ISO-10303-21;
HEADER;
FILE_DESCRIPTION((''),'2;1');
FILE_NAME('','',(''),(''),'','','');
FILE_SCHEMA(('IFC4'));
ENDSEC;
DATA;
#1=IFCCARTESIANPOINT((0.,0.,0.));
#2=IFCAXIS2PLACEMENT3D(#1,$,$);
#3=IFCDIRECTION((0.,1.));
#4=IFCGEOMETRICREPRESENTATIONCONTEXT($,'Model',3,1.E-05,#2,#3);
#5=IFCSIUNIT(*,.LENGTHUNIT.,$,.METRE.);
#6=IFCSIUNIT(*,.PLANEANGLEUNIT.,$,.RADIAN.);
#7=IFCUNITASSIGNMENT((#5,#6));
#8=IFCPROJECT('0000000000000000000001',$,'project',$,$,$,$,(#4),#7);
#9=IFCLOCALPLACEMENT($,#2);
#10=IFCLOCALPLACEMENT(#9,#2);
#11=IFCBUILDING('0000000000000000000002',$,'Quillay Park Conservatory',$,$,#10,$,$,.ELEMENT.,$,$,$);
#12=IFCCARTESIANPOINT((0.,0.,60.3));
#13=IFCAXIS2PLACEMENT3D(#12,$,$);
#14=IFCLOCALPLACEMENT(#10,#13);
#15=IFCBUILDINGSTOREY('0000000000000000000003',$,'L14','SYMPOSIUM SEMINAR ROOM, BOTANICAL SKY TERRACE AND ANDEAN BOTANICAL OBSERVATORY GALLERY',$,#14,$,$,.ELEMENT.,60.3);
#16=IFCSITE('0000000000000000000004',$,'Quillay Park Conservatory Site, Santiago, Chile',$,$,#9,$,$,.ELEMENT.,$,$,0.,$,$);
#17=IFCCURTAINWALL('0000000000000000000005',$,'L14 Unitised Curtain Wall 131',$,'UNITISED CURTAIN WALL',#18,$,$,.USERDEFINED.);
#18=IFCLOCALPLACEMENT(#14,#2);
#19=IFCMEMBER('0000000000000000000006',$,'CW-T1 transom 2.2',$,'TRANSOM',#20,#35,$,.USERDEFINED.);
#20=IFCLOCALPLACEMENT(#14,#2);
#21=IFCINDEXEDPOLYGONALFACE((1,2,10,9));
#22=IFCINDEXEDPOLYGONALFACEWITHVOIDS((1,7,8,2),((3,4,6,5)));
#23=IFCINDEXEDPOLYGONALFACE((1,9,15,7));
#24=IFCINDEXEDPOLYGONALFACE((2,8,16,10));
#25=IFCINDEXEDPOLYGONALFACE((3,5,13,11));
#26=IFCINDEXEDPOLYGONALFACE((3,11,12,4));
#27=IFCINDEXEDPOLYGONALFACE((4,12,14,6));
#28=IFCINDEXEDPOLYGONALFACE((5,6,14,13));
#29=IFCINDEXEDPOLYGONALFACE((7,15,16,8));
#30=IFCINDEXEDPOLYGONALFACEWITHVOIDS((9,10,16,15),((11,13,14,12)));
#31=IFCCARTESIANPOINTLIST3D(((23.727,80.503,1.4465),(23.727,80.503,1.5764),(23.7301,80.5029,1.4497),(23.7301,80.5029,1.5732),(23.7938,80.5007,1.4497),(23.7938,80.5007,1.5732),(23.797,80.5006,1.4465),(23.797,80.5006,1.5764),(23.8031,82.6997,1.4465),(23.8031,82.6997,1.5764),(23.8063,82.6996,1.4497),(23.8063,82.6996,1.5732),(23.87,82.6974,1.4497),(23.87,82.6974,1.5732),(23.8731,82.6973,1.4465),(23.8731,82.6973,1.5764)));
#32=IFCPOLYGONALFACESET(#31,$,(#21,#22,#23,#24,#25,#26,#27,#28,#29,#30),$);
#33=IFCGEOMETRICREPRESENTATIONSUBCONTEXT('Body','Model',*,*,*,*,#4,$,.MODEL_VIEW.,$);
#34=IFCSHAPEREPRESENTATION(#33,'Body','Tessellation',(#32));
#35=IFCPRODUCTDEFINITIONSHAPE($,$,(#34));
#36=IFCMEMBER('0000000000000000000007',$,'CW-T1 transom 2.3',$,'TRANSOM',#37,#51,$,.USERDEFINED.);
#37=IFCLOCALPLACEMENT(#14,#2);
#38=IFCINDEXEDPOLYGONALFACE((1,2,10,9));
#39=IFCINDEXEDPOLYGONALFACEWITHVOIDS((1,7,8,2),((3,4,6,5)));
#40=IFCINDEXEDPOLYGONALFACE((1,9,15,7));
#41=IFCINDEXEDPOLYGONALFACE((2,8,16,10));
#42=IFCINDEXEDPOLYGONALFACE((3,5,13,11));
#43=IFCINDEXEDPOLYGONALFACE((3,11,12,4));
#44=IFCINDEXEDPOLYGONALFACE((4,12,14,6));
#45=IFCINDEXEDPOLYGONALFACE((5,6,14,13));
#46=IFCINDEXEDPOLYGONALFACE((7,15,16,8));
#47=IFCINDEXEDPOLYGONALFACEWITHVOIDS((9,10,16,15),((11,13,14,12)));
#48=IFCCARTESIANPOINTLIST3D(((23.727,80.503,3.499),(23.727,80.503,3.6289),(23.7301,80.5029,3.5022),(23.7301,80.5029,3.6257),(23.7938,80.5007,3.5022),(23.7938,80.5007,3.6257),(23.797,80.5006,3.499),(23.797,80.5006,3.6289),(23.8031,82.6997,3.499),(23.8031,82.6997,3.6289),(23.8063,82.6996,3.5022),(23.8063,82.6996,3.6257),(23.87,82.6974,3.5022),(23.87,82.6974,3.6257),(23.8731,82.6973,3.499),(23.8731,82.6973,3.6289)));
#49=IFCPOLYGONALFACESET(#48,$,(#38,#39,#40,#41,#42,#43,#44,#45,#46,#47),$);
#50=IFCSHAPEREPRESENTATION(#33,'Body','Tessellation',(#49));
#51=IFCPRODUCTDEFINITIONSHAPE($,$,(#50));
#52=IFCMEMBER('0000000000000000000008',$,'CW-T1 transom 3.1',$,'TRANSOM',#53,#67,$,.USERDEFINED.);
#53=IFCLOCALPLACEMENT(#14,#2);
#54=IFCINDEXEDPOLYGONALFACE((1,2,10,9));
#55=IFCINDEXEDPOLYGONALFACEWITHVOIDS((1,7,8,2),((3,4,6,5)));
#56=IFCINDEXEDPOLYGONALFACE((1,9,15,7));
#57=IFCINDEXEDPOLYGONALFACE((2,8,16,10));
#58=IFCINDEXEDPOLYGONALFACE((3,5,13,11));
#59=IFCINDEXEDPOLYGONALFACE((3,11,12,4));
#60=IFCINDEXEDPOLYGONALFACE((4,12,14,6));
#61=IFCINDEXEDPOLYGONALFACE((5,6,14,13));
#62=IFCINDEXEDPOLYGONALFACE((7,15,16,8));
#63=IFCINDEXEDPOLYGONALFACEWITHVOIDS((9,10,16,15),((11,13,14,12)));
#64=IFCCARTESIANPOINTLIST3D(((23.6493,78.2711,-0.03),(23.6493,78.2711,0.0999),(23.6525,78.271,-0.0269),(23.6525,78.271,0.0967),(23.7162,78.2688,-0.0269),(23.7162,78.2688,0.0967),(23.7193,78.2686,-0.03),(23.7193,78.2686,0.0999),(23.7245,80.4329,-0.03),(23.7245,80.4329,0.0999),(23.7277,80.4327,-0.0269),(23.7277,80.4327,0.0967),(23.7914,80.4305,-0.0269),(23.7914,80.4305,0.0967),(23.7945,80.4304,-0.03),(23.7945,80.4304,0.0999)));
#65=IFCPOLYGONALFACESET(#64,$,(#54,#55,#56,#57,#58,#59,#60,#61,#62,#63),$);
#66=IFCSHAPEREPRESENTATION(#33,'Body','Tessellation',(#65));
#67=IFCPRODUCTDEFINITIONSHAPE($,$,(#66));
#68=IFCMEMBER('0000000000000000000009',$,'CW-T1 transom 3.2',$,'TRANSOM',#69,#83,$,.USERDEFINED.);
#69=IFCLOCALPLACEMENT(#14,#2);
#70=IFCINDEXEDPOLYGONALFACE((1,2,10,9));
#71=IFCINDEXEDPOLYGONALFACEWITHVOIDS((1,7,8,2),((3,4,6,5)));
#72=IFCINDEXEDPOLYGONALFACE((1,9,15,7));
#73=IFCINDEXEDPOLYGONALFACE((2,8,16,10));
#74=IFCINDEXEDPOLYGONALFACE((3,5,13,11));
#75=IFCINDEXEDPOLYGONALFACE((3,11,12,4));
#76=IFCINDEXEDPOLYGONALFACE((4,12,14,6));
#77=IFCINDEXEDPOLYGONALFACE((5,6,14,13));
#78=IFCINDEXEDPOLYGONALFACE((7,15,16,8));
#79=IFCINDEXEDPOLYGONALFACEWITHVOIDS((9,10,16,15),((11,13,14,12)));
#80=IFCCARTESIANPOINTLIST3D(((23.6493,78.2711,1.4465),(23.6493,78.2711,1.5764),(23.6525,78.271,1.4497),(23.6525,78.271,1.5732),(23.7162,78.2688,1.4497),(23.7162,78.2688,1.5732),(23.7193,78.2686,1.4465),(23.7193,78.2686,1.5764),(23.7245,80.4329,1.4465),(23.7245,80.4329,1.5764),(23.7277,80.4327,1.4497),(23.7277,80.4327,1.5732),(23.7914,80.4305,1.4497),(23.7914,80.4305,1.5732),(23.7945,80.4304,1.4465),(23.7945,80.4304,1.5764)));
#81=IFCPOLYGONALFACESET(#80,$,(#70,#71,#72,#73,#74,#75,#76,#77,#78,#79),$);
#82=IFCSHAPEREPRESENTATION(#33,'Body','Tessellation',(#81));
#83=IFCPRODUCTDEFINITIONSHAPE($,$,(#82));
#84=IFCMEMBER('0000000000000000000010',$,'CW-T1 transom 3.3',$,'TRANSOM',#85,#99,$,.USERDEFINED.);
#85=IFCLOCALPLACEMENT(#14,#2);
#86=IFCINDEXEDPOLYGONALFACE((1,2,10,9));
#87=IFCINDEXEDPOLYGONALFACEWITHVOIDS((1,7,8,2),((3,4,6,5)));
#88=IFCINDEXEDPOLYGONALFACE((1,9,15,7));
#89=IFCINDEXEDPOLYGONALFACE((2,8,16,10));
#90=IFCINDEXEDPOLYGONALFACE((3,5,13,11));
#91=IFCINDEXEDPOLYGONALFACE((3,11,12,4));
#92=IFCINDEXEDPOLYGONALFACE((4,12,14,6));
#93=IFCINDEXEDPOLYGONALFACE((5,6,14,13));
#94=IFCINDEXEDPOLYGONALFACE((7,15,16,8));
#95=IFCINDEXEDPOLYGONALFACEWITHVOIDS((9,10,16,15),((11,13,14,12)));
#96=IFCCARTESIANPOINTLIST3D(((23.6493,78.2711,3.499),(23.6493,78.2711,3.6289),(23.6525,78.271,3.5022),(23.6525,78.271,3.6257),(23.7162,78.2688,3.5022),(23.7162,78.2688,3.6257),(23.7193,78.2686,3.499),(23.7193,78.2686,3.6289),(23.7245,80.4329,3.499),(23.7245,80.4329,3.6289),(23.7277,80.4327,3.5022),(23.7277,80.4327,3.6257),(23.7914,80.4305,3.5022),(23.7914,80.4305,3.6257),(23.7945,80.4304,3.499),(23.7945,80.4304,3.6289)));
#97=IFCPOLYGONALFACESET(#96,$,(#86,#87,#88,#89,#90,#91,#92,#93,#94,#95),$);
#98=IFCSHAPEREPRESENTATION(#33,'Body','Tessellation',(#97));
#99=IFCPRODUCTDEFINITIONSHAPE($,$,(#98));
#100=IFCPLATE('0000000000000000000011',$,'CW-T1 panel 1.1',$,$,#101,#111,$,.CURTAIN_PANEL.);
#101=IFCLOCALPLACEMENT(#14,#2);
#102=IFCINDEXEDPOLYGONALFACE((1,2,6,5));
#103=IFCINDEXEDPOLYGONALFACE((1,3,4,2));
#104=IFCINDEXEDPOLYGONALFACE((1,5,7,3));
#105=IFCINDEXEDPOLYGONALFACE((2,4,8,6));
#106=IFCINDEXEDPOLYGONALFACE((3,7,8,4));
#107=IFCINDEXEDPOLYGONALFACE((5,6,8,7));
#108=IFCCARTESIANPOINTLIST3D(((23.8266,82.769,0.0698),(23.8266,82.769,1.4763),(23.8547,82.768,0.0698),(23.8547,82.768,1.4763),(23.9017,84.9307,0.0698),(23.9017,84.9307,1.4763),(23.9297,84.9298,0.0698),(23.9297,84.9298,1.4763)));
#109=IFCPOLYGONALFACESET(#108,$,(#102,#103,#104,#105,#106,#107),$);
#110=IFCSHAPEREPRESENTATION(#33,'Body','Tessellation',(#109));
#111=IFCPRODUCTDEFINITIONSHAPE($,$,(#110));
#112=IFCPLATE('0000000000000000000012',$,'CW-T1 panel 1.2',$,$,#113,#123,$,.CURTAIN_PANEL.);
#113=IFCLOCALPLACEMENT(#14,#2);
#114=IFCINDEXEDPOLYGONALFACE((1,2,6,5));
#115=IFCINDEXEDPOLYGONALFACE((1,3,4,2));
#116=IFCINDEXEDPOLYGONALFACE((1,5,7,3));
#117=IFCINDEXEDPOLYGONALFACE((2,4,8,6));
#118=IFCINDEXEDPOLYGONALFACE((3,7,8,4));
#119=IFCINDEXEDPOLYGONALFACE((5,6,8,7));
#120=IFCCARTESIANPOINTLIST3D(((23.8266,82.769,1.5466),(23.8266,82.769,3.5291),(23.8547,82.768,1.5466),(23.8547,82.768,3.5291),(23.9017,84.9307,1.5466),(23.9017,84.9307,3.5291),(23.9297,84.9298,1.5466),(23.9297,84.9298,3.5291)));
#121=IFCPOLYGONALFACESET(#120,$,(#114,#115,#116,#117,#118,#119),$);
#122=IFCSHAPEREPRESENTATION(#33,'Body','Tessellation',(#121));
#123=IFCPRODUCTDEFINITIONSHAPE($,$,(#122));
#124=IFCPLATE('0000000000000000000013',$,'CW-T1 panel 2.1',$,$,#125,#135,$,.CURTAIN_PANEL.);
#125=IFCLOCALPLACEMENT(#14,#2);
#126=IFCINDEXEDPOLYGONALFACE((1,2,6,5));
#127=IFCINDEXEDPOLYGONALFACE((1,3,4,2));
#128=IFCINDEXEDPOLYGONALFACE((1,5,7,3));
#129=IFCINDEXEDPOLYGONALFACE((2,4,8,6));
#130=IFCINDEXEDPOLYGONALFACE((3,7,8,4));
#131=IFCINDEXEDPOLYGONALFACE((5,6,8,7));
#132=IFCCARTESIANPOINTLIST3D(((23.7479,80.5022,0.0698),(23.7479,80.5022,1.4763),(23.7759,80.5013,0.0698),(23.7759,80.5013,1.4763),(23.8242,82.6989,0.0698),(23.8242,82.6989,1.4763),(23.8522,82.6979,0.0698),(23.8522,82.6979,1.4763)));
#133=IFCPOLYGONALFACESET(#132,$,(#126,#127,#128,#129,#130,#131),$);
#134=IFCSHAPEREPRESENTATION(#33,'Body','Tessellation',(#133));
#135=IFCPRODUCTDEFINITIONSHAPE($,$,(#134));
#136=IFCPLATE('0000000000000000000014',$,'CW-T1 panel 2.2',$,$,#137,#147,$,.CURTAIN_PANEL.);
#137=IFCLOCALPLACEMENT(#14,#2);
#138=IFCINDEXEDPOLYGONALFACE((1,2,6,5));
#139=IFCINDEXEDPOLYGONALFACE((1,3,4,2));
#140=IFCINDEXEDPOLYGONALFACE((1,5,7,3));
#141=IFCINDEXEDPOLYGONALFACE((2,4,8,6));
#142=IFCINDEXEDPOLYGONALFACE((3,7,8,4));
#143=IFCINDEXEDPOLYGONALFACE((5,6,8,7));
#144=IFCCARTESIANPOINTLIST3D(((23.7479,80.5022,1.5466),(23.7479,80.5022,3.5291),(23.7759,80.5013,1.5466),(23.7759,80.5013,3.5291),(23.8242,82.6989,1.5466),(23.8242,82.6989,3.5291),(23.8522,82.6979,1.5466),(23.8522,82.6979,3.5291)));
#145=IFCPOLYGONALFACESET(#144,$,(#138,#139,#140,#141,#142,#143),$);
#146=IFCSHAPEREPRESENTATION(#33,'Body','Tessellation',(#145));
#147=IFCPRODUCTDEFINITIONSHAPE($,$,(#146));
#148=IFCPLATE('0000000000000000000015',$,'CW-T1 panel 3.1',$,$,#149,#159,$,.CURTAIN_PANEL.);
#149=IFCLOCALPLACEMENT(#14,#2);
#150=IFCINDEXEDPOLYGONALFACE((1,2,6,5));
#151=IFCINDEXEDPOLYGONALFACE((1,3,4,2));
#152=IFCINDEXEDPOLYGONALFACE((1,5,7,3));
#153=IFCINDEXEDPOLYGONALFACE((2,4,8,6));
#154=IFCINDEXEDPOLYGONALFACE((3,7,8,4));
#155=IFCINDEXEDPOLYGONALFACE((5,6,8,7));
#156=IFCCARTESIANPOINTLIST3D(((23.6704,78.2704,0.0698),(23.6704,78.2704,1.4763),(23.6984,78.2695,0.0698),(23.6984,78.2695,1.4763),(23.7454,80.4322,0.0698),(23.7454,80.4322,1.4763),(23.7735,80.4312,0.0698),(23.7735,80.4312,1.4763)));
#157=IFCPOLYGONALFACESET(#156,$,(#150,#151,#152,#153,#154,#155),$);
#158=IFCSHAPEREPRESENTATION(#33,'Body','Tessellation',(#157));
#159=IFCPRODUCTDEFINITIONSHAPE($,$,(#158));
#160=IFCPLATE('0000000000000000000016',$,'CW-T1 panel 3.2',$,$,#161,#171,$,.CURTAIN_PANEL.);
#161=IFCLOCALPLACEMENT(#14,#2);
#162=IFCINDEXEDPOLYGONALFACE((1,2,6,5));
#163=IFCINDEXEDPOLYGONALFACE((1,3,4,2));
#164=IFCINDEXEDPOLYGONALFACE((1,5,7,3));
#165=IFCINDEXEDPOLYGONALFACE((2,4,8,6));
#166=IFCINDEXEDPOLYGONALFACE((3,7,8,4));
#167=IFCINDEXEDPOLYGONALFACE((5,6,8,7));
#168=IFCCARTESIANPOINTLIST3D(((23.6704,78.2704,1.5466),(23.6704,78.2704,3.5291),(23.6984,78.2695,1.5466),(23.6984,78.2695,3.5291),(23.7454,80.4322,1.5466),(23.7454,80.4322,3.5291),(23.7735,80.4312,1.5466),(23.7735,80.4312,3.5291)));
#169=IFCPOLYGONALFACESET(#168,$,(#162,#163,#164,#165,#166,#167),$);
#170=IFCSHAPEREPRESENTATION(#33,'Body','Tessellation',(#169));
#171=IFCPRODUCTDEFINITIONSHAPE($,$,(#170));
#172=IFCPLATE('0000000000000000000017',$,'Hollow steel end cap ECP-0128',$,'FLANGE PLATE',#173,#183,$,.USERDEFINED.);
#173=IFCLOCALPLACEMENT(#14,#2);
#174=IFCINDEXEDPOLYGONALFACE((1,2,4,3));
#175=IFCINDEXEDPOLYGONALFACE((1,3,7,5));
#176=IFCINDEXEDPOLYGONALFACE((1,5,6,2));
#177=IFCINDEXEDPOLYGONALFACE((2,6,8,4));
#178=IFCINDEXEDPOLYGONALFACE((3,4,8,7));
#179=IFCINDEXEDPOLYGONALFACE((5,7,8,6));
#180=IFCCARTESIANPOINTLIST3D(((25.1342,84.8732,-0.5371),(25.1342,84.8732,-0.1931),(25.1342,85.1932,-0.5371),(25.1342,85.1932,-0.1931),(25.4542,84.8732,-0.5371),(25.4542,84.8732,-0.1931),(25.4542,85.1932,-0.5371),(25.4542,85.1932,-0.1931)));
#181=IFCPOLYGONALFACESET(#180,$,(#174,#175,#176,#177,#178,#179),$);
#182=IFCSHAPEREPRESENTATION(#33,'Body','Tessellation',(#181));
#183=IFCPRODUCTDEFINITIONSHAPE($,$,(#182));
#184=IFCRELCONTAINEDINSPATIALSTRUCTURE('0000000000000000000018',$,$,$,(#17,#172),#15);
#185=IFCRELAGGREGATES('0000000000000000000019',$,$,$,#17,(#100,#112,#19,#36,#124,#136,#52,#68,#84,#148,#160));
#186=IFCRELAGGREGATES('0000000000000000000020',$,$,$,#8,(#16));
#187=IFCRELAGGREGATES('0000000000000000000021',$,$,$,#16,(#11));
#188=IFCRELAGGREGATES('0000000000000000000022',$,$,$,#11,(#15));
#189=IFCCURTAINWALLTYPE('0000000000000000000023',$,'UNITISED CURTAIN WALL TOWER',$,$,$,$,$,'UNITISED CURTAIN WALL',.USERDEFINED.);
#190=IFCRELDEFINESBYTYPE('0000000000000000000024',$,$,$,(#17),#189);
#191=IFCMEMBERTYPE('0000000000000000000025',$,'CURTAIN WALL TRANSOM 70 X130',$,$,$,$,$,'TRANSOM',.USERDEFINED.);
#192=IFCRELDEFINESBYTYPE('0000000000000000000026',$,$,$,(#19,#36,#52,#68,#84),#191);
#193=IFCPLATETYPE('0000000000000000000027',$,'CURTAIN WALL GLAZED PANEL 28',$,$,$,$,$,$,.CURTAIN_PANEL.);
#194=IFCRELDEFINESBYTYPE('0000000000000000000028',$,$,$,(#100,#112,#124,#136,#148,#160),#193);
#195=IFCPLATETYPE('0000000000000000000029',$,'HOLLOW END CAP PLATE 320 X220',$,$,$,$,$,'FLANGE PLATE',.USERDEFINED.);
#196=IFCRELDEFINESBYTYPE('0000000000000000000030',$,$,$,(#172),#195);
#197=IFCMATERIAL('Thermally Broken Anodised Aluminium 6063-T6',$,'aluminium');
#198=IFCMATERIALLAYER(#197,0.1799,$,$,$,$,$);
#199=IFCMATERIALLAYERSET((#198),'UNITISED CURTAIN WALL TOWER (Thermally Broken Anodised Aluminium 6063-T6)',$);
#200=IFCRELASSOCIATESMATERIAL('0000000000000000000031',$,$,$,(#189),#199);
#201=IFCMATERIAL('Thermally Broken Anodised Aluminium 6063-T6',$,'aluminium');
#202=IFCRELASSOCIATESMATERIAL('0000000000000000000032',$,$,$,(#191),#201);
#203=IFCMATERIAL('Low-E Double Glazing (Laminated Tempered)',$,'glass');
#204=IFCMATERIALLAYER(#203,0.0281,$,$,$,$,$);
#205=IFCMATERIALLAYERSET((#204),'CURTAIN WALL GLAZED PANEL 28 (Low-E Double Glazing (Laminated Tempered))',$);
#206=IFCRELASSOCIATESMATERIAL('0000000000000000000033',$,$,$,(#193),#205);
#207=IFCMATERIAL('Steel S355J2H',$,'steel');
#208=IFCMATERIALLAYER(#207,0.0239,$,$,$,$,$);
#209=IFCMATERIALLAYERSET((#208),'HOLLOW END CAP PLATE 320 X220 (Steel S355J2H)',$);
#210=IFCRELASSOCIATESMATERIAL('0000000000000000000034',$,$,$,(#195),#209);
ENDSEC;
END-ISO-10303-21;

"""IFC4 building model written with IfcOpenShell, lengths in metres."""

from ifc_helpers import new_model, si_unit, direction, frame, origin, origin_2d, place, context, subcontext, project, spatial, rectangle, hollow_rectangle, extrude, material, layer, layer_set, material_profile, profile_set, type_object, element, aggregate, save


model = new_model("IFC4")

# Units and contexts
model_context = context("Model", 3, precision=1e-05, world=origin(), true_north=direction((0.0, 1.0)))
body_context = subcontext(model_context, "Body", "Model", "MODEL_VIEW")
ifc_project = project(units=[si_unit("LENGTHUNIT", "METRE"), si_unit("PLANEANGLEUNIT", "RADIAN")], contexts=[model_context])

# Site, building, storey
site_placement = place(None, origin())
site = spatial("IfcSite", under=ifc_project, at=site_placement, Name="Quillay Park Conservatory Site, Santiago, Chile", CompositionType="ELEMENT", RefElevation=0.0)
building_placement = place(site_placement, origin())
building = spatial("IfcBuilding", under=site, at=building_placement, Name="Quillay Park Conservatory", CompositionType="ELEMENT")
storey_placement = place(building_placement, frame((0.0, 0.0, 60.3)))
storey = spatial("IfcBuildingStorey", under=building, at=storey_placement, Name="L14", Description="SYMPOSIUM SEMINAR ROOM, BOTANICAL SKY TERRACE AND ANDEAN BOTANICAL OBSERVATORY GALLERY", CompositionType="ELEMENT", Elevation=60.3)

# Curtain wall, members, plates
ifc_material_1 = material(Name="Thermally Broken Anodised Aluminium 6063-T6", Category="aluminium")
ifc_layer_1 = layer(ifc_material_1, 0.1799)
ifc_layer_set_1 = layer_set([ifc_layer_1], Name="UNITISED CURTAIN WALL TOWER (Thermally Broken Anodised Aluminium 6063-T6)")
curtain_wall_type = type_object("IfcCurtainWallType", Name="UNITISED CURTAIN WALL TOWER", ElementType="UNITISED CURTAIN WALL", PredefinedType="USERDEFINED", material=ifc_layer_set_1)
curtain_wall_placement = place(storey_placement, origin())
curtain_wall = element("IfcCurtainWall", 1, at=curtain_wall_placement, inside=storey, type_object=curtain_wall_type, Name="L14 Unitised Curtain Wall 131", ObjectType="UNITISED CURTAIN WALL", PredefinedType="USERDEFINED")
ifc_material_2 = material(Name="Thermally Broken Anodised Aluminium 6063-T6", Category="aluminium")
ifc_material_profile_1 = material_profile(ifc_material_2, hollow_rectangle(XDim=0.0701, YDim=0.1299, WallThickness=0.0032, at=origin_2d()), Name="AL70x130x3.2")
ifc_profile_set_1 = profile_set([ifc_material_profile_1], Name="Thermally Broken Anodised Aluminium 6063-T6")
member_type_1 = type_object("IfcMemberType", Name="CURTAIN WALL TRANSOM 70 X130", ElementType="TRANSOM", PredefinedType="USERDEFINED", material=ifc_profile_set_1)
member_1_placement = place(storey_placement, frame((23.8381, 82.6985, 1.5115), z_axis=(-0.034654, -0.999399, 0.0), x_axis=(0.999399, -0.034654, 0.0)))
member_1 = element("IfcMember", 2, at=member_1_placement, type_object=member_type_1, Name="CW-T1 transom 2.2", ObjectType="TRANSOM", PredefinedType="USERDEFINED", context=body_context, shape_type="SweptSolid", body=[
    extrude(hollow_rectangle(XDim=0.0701, YDim=0.1299, WallThickness=0.0032, at=origin_2d()), origin(), (0.0, 0.0, 1.0), 2.198),
])
member_2_placement = place(storey_placement, frame((23.8381, 82.6985, 3.564), z_axis=(-0.034654, -0.999399, 0.0), x_axis=(0.999399, -0.034654, 0.0)))
member_2 = element("IfcMember", 3, at=member_2_placement, type_object=member_type_1, Name="CW-T1 transom 2.3", ObjectType="TRANSOM", PredefinedType="USERDEFINED", context=body_context, shape_type="SweptSolid", body=[
    extrude(hollow_rectangle(XDim=0.0701, YDim=0.1299, WallThickness=0.0032, at=origin_2d()), origin(), (0.0, 0.0, 1.0), 2.198),
])
member_3_placement = place(storey_placement, frame((23.7595, 80.4316, 0.0349), z_axis=(-0.034762, -0.999396, 0.0), x_axis=(0.999396, -0.034762, 0.0)))
member_3 = element("IfcMember", 4, at=member_3_placement, type_object=member_type_1, Name="CW-T1 transom 3.1", ObjectType="TRANSOM", PredefinedType="USERDEFINED", context=body_context, shape_type="SweptSolid", body=[
    extrude(hollow_rectangle(XDim=0.0701, YDim=0.1299, WallThickness=0.0032, at=origin_2d()), origin(), (0.0, 0.0, 1.0), 2.1631),
])
member_4_placement = place(storey_placement, frame((23.7595, 80.4316, 1.5115), z_axis=(-0.034762, -0.999396, 0.0), x_axis=(0.999396, -0.034762, 0.0)))
member_4 = element("IfcMember", 5, at=member_4_placement, type_object=member_type_1, Name="CW-T1 transom 3.2", ObjectType="TRANSOM", PredefinedType="USERDEFINED", context=body_context, shape_type="SweptSolid", body=[
    extrude(hollow_rectangle(XDim=0.0701, YDim=0.1299, WallThickness=0.0032, at=origin_2d()), origin(), (0.0, 0.0, 1.0), 2.1631),
])
member_5_placement = place(storey_placement, frame((23.7595, 80.4316, 3.564), z_axis=(-0.034762, -0.999396, 0.0), x_axis=(0.999396, -0.034762, 0.0)))
member_5 = element("IfcMember", 6, at=member_5_placement, type_object=member_type_1, Name="CW-T1 transom 3.3", ObjectType="TRANSOM", PredefinedType="USERDEFINED", context=body_context, shape_type="SweptSolid", body=[
    extrude(hollow_rectangle(XDim=0.0701, YDim=0.1299, WallThickness=0.0032, at=origin_2d()), origin(), (0.0, 0.0, 1.0), 2.1631),
])
ifc_material_3 = material(Name="Low-E Double Glazing (Laminated Tempered)", Category="glass")
ifc_layer_2 = layer(ifc_material_3, 0.0281)
ifc_layer_set_2 = layer_set([ifc_layer_2], Name="CURTAIN WALL GLAZED PANEL 28 (Low-E Double Glazing (Laminated Tempered))")
plate_type_1 = type_object("IfcPlateType", Name="CURTAIN WALL GLAZED PANEL 28", PredefinedType="CURTAIN_PANEL", material=ifc_layer_set_2)
plate_1_placement = place(storey_placement, frame((23.8782, 83.8494, 0.0698), z_axis=(0.0, 0.0, 1.0), x_axis=(-0.034713, -0.999397, 0.0)))
plate_1 = element("IfcPlate", 7, at=plate_1_placement, type_object=plate_type_1, Name="CW-T1 panel 1.1", PredefinedType="CURTAIN_PANEL", context=body_context, shape_type="SweptSolid", body=[
    extrude(rectangle(XDim=2.1631, YDim=0.0281, at=origin_2d()), origin(), (0.0, 0.0, 1.0), 1.4065),
])
plate_2_placement = place(storey_placement, frame((23.8782, 83.8494, 1.5466), z_axis=(0.0, 0.0, 1.0), x_axis=(-0.034713, -0.999397, 0.0)))
plate_2 = element("IfcPlate", 8, at=plate_2_placement, type_object=plate_type_1, Name="CW-T1 panel 1.2", PredefinedType="CURTAIN_PANEL", context=body_context, shape_type="SweptSolid", body=[
    extrude(rectangle(XDim=2.1631, YDim=0.0281, at=origin_2d()), origin(), (0.0, 0.0, 1.0), 1.9824),
])
plate_3_placement = place(storey_placement, frame((23.8, 81.6001, 0.0698), z_axis=(0.0, 0.0, 1.0), x_axis=(-0.034713, -0.999397, 0.0)))
plate_3 = element("IfcPlate", 9, at=plate_3_placement, type_object=plate_type_1, Name="CW-T1 panel 2.1", PredefinedType="CURTAIN_PANEL", context=body_context, shape_type="SweptSolid", body=[
    extrude(rectangle(XDim=2.198, YDim=0.0281, at=origin_2d()), origin(), (0.0, 0.0, 1.0), 1.4065),
])
plate_4_placement = place(storey_placement, frame((23.8, 81.6001, 1.5466), z_axis=(0.0, 0.0, 1.0), x_axis=(-0.034713, -0.999397, 0.0)))
plate_4 = element("IfcPlate", 10, at=plate_4_placement, type_object=plate_type_1, Name="CW-T1 panel 2.2", PredefinedType="CURTAIN_PANEL", context=body_context, shape_type="SweptSolid", body=[
    extrude(rectangle(XDim=2.198, YDim=0.0281, at=origin_2d()), origin(), (0.0, 0.0, 1.0), 1.9824),
])
plate_5_placement = place(storey_placement, frame((23.7219, 79.3508, 0.0698), z_axis=(0.0, 0.0, 1.0), x_axis=(-0.034713, -0.999397, 0.0)))
plate_5 = element("IfcPlate", 11, at=plate_5_placement, type_object=plate_type_1, Name="CW-T1 panel 3.1", PredefinedType="CURTAIN_PANEL", context=body_context, shape_type="SweptSolid", body=[
    extrude(rectangle(XDim=2.1631, YDim=0.0281, at=origin_2d()), origin(), (0.0, 0.0, 1.0), 1.4065),
])
plate_6_placement = place(storey_placement, frame((23.7219, 79.3508, 1.5466), z_axis=(0.0, 0.0, 1.0), x_axis=(-0.034713, -0.999397, 0.0)))
plate_6 = element("IfcPlate", 12, at=plate_6_placement, type_object=plate_type_1, Name="CW-T1 panel 3.2", PredefinedType="CURTAIN_PANEL", context=body_context, shape_type="SweptSolid", body=[
    extrude(rectangle(XDim=2.1631, YDim=0.0281, at=origin_2d()), origin(), (0.0, 0.0, 1.0), 1.9824),
])
aggregate(curtain_wall, [plate_1, plate_2, member_1, member_2, plate_3, plate_4, member_3, member_4, member_5, plate_5, plate_6])

# Plate
ifc_material_4 = material(Name="Steel S355J2H", Category="steel")
ifc_layer_3 = layer(ifc_material_4, 0.0239)
ifc_layer_set_3 = layer_set([ifc_layer_3], Name="HOLLOW END CAP PLATE 320 X220 (Steel S355J2H)")
plate_type_2 = type_object("IfcPlateType", Name="HOLLOW END CAP PLATE 320 X220", ElementType="FLANGE PLATE", PredefinedType="USERDEFINED", material=ifc_layer_set_3)
plate_7_placement = place(storey_placement, frame((25.2942, 85.0332, -0.5371), z_axis=(0.0, 0.0, 1.0), x_axis=(1.0, 0.0, 0.0)))
element("IfcPlate", 13, at=plate_7_placement, inside=storey, type_object=plate_type_2, Name="Hollow steel end cap ECP-0128", ObjectType="FLANGE PLATE", PredefinedType="USERDEFINED", context=body_context, shape_type="SweptSolid", body=[
    extrude(rectangle(XDim=0.3201, YDim=0.3201, at=origin_2d()), origin(), (0.0, 0.0, 1.0), 0.344),
])

save(model, "model.ifc")
